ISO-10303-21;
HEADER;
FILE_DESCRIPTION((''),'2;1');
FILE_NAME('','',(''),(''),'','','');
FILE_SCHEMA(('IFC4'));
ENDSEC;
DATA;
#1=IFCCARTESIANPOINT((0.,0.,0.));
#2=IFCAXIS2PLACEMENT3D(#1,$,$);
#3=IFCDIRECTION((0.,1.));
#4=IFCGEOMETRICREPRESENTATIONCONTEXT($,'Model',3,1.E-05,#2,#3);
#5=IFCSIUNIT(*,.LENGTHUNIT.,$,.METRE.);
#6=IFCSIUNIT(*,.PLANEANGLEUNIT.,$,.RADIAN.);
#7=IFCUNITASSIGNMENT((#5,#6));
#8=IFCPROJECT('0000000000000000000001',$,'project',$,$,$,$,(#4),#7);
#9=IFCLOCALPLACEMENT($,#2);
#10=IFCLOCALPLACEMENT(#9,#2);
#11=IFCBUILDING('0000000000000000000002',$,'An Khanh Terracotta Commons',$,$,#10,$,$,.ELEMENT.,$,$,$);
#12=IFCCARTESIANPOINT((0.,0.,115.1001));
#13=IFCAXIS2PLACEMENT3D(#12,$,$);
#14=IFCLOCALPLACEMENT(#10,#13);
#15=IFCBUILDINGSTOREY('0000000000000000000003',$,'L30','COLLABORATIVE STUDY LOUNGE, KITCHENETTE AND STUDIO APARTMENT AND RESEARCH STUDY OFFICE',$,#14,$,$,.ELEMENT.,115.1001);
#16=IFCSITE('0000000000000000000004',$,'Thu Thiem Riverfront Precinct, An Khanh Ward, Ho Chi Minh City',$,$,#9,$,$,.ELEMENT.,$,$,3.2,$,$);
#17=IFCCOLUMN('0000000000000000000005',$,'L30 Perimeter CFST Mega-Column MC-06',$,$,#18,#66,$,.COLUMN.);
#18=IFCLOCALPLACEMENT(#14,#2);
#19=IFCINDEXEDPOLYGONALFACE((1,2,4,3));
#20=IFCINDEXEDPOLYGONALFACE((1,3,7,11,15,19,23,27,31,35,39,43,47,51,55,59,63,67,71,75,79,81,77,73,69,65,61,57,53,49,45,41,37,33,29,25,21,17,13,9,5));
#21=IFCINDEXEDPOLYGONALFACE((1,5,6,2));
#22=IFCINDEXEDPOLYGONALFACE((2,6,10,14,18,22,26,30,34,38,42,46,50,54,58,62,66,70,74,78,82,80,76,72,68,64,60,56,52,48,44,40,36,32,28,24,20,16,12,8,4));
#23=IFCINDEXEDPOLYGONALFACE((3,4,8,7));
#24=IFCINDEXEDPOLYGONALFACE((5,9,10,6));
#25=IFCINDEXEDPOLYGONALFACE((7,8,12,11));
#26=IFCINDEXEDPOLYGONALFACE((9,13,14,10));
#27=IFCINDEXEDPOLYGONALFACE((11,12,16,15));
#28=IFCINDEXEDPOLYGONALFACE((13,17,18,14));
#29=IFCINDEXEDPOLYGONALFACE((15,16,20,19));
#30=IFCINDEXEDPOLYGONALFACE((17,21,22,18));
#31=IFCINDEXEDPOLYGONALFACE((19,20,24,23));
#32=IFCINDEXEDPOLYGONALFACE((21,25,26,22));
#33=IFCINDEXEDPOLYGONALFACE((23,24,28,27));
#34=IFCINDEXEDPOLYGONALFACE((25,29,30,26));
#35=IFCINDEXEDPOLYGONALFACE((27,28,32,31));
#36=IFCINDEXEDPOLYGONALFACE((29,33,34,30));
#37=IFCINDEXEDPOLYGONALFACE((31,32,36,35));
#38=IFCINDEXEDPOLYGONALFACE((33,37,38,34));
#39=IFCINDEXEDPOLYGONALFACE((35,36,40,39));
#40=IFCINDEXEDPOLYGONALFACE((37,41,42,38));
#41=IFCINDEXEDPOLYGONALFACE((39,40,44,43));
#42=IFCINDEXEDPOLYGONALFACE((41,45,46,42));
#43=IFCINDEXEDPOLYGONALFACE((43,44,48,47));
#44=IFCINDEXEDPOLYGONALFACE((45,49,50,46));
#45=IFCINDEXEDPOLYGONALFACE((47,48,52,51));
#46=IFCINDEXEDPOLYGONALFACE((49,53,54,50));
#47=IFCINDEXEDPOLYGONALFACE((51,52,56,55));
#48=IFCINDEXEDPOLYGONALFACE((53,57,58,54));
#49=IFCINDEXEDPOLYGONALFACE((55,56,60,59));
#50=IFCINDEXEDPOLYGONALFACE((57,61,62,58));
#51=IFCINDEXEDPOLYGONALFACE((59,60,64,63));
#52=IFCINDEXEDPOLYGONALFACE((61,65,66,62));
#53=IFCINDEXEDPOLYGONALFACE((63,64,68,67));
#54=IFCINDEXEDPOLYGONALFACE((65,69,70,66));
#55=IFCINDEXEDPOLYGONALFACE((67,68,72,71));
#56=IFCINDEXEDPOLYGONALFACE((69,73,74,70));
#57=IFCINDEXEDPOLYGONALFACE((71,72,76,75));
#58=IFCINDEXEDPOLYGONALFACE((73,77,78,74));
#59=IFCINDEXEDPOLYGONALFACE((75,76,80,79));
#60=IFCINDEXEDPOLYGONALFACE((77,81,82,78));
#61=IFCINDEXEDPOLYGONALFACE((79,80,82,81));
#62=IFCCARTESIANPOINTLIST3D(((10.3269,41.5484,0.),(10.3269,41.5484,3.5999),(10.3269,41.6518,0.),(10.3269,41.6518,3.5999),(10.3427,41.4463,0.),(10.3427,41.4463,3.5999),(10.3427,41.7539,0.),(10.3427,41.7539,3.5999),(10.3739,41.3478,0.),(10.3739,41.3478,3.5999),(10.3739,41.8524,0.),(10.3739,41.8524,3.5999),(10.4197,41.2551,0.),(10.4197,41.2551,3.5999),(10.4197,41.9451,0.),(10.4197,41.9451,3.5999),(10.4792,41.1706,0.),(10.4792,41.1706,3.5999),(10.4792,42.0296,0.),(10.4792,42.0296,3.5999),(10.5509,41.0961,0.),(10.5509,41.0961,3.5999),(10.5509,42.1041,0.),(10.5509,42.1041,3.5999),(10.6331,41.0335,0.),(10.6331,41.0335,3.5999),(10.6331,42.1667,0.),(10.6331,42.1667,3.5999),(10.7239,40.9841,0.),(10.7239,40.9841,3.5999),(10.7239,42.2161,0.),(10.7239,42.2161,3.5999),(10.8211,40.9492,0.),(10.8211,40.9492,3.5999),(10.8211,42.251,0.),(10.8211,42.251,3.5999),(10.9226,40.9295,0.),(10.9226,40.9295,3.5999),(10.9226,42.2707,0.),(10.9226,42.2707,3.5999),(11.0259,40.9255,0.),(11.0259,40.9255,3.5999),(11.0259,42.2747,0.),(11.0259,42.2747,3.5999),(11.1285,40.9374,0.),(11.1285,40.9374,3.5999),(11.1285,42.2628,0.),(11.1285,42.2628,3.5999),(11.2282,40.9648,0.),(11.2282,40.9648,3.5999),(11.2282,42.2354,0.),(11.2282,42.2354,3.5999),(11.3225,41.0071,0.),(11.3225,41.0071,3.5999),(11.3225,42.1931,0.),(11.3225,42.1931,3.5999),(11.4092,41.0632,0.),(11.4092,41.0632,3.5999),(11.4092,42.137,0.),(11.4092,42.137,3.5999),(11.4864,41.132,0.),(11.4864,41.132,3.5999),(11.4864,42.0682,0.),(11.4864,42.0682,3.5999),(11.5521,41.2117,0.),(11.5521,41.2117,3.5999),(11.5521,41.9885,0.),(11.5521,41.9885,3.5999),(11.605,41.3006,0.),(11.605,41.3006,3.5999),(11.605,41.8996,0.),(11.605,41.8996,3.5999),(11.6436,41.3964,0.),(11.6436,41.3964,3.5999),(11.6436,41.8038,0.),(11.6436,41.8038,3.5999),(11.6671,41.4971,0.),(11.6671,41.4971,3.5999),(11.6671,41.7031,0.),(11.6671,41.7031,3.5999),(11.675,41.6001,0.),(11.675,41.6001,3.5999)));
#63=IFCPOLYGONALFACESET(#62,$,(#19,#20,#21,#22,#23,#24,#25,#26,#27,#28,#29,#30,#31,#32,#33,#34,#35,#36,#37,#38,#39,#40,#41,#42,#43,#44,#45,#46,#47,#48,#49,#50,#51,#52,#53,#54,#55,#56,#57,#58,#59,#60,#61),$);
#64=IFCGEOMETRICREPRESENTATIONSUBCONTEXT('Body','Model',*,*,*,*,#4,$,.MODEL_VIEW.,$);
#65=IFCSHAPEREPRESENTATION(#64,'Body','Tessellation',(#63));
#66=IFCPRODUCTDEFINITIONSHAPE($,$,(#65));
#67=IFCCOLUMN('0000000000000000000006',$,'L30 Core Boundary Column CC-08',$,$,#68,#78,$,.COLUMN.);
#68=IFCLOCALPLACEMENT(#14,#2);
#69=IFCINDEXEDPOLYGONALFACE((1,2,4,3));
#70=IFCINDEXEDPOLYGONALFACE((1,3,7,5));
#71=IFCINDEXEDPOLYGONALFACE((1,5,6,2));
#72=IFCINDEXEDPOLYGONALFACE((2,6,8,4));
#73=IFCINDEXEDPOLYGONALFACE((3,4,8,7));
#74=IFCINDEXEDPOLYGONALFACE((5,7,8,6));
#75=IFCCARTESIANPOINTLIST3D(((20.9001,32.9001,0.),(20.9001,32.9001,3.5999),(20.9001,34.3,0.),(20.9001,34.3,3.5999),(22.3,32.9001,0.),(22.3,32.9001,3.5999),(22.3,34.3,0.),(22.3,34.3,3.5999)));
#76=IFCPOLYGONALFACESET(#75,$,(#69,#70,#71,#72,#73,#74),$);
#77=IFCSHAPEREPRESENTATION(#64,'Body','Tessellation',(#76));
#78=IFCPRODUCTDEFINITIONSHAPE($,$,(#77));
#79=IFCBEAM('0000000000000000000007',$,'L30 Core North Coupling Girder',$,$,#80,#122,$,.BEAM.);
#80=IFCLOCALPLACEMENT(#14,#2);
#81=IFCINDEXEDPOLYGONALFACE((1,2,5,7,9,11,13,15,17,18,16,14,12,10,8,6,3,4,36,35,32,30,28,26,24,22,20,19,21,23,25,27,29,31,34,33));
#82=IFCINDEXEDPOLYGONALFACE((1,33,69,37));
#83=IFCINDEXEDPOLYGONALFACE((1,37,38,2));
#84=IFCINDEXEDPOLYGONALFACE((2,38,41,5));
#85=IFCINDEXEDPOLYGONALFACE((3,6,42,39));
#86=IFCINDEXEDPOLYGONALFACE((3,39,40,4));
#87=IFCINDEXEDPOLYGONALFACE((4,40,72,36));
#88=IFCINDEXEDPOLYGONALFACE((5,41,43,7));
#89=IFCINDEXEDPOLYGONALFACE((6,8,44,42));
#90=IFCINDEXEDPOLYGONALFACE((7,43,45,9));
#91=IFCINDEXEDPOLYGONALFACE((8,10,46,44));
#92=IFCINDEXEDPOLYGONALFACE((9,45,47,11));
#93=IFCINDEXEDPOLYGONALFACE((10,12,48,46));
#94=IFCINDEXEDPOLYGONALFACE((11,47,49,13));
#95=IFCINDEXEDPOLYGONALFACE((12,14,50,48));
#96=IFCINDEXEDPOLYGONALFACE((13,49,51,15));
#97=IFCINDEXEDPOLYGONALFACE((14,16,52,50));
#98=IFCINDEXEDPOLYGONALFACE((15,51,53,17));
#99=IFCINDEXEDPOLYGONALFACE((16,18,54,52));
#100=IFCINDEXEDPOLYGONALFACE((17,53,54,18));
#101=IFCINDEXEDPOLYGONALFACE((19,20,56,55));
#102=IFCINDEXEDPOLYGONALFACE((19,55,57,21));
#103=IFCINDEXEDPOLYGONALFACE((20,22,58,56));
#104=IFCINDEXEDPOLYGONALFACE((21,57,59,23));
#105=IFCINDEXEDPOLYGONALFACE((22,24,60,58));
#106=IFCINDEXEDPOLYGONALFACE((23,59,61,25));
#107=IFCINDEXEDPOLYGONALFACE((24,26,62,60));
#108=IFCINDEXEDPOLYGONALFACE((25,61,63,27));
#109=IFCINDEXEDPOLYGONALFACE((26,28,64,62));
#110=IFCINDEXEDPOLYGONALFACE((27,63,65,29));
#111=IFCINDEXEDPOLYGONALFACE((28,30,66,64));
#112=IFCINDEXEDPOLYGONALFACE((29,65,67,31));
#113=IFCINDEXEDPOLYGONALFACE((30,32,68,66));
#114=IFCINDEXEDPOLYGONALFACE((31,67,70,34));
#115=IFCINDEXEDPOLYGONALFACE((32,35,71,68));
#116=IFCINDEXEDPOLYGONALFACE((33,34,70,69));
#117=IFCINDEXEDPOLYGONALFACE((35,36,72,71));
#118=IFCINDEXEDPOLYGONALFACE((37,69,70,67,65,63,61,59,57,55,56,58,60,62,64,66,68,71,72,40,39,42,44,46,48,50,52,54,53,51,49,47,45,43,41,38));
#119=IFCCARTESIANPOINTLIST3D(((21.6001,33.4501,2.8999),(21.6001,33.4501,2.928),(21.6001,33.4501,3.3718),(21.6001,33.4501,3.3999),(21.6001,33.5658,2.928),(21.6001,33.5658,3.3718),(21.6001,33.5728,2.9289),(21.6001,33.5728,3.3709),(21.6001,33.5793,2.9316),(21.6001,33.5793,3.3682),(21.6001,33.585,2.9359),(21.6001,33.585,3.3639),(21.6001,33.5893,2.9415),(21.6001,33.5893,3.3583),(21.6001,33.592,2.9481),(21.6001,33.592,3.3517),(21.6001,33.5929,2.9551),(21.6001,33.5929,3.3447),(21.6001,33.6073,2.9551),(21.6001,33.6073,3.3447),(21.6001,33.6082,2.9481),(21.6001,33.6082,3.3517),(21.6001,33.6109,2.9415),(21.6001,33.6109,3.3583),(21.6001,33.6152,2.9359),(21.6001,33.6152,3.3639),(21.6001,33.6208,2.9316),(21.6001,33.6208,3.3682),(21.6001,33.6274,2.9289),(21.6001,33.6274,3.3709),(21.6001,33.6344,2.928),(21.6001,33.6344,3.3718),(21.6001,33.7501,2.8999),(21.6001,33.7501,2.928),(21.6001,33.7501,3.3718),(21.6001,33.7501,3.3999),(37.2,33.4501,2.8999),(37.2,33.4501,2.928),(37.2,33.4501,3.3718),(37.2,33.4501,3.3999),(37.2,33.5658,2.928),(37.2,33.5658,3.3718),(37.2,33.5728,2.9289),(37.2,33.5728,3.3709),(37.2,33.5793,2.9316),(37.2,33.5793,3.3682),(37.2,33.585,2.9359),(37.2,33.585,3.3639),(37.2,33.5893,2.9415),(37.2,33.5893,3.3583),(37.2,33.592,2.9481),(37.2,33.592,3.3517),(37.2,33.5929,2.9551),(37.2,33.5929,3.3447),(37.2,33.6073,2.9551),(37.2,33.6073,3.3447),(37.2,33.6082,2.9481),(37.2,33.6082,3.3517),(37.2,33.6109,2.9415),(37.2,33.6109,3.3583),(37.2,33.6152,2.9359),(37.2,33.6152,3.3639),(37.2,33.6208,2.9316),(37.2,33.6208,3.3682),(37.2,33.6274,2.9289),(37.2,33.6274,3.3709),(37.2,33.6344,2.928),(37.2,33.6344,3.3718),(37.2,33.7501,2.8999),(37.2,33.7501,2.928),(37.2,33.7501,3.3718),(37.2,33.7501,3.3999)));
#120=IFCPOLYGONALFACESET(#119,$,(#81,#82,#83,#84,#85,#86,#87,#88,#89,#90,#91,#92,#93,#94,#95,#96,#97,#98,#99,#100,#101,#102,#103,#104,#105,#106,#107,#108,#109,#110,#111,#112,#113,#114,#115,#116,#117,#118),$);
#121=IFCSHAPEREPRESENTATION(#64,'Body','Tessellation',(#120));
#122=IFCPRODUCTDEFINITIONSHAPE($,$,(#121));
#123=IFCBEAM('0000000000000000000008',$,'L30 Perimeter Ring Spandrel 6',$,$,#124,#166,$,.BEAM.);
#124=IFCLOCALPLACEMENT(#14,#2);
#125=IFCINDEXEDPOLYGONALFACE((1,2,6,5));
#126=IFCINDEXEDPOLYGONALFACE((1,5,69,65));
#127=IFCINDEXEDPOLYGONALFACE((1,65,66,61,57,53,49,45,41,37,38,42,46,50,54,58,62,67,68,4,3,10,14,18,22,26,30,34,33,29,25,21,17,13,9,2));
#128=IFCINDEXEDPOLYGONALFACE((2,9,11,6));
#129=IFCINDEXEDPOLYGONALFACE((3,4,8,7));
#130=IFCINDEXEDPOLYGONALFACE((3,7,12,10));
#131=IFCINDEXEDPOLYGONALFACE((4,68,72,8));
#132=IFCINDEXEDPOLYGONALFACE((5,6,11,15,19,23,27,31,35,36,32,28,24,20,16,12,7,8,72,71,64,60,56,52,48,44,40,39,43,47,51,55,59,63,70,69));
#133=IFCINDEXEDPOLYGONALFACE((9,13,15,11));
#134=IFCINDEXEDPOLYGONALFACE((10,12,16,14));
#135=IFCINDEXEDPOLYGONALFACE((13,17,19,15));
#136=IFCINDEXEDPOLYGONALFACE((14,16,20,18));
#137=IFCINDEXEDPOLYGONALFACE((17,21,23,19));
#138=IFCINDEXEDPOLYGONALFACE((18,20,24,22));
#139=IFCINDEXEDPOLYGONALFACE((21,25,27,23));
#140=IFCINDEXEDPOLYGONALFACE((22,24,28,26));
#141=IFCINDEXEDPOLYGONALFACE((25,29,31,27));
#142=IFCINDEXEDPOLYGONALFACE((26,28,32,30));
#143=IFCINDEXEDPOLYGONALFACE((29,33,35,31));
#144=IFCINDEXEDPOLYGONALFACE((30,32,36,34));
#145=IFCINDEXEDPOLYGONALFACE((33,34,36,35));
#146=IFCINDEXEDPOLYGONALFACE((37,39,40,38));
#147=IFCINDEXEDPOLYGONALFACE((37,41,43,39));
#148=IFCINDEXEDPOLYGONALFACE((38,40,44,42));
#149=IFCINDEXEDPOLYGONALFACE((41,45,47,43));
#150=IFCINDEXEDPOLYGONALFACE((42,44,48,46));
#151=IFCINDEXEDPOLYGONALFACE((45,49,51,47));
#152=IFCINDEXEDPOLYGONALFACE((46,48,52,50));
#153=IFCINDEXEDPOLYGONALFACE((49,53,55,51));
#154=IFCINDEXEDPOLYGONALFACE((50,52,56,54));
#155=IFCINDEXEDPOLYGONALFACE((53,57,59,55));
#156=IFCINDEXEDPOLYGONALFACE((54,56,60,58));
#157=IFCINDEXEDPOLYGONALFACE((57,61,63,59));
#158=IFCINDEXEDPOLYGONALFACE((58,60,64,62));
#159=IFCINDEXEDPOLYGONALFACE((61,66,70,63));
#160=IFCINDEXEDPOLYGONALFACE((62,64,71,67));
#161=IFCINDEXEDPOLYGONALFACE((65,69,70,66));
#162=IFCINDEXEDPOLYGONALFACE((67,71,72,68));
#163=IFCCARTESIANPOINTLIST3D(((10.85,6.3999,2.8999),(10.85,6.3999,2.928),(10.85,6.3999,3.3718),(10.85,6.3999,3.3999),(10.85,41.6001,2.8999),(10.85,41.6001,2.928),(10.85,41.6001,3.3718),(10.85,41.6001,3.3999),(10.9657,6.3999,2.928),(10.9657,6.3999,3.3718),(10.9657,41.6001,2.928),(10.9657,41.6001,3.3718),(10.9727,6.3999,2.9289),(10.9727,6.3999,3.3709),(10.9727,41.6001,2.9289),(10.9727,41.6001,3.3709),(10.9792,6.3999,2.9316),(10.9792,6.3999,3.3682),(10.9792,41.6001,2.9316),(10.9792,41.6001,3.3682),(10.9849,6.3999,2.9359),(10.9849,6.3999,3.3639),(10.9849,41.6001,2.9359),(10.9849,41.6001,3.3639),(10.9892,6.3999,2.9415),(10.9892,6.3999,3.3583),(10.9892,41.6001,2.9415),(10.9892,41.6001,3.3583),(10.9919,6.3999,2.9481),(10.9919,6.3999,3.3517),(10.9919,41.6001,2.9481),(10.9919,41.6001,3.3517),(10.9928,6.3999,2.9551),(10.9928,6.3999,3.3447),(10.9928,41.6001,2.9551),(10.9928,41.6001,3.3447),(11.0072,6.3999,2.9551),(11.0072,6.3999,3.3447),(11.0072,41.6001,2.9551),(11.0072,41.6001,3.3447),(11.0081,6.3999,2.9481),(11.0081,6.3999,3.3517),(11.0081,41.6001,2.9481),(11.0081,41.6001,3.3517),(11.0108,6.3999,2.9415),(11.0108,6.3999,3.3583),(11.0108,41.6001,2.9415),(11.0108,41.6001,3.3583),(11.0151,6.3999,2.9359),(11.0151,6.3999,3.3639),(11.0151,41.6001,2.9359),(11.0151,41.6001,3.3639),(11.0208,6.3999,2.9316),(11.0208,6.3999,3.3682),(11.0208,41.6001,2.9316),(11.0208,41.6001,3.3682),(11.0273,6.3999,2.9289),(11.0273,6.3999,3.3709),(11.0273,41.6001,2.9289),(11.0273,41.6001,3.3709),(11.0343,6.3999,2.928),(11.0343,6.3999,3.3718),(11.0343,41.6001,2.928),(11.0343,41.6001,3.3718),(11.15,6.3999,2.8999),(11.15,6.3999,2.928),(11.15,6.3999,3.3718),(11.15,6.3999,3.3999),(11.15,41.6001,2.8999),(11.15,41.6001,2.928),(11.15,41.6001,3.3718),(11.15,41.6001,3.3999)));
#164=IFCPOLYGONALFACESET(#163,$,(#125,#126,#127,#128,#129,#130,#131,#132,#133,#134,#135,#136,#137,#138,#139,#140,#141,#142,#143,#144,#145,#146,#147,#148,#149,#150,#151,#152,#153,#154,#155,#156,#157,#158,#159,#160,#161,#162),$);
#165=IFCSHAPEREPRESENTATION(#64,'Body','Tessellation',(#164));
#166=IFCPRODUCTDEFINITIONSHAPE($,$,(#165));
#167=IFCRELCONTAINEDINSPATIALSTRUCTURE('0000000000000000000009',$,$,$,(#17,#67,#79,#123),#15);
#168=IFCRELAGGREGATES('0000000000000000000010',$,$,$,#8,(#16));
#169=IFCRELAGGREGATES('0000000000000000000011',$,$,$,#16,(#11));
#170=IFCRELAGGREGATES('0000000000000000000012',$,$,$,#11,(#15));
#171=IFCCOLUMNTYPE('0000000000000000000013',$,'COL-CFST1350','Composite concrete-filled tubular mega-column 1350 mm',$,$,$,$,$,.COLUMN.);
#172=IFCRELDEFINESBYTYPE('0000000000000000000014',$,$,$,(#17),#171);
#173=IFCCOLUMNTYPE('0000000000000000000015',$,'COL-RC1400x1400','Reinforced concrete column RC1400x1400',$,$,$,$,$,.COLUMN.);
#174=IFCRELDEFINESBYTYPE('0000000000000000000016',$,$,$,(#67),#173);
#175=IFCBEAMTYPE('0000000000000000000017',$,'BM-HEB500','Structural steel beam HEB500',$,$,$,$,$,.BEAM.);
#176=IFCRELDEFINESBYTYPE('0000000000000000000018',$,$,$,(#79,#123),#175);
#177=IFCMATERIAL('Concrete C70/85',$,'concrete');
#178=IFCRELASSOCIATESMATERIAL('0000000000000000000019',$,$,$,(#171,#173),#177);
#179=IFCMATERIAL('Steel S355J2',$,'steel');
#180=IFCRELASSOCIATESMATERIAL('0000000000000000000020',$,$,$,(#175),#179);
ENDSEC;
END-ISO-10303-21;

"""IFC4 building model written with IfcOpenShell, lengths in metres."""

from ifc_helpers import new_model, si_unit, direction, frame, origin, origin_2d, place, context, subcontext, project, spatial, rectangle, circle, i_section, extrude, material, material_profile, profile_set, type_object, element, save


model = new_model("IFC4")

# Units and contexts
model_context = context("Model", 3, precision=1e-05, world=origin(), true_north=direction((0.0, 1.0)))
body_context = subcontext(model_context, "Body", "Model", "MODEL_VIEW")
ifc_project = project(units=[si_unit("LENGTHUNIT", "METRE"), si_unit("PLANEANGLEUNIT", "RADIAN")], contexts=[model_context])

# Site, building, storey
site_placement = place(None, origin())
site = spatial("IfcSite", under=ifc_project, at=site_placement, Name="Thu Thiem Riverfront Precinct, An Khanh Ward, Ho Chi Minh City", CompositionType="ELEMENT", RefElevation=3.2)
building_placement = place(site_placement, origin())
building = spatial("IfcBuilding", under=site, at=building_placement, Name="An Khanh Terracotta Commons", CompositionType="ELEMENT")
storey_placement = place(building_placement, frame((0.0, 0.0, 115.1001)))
storey = spatial("IfcBuildingStorey", under=building, at=storey_placement, Name="L30", Description="COLLABORATIVE STUDY LOUNGE, KITCHENETTE AND STUDIO APARTMENT AND RESEARCH STUDY OFFICE", CompositionType="ELEMENT", Elevation=115.1001)

# Columns
ifc_material_1 = material(Name="Concrete C70/85", Category="concrete")
ifc_material_profile_1 = material_profile(ifc_material_1, circle(Radius=0.675, at=origin_2d()), Name="CFST1350")
ifc_profile_set_1 = profile_set([ifc_material_profile_1], Name="Concrete C70/85")
column_type_1 = type_object("IfcColumnType", Name="COL-CFST1350", Description="Composite concrete-filled tubular mega-column 1350 mm", PredefinedType="COLUMN", material=ifc_profile_set_1)
column_1_placement = place(storey_placement, frame((11.0, 41.6001, 0.0), z_axis=(0.0, 0.0, 1.0), x_axis=(1.0, 0.0, 0.0)))
element("IfcColumn", 1, at=column_1_placement, inside=storey, type_object=column_type_1, Name="L30 Perimeter CFST Mega-Column MC-06", PredefinedType="COLUMN", context=body_context, shape_type="SweptSolid", body=[
    extrude(circle(Radius=0.675, at=origin_2d()), origin(), (0.0, 0.0, 1.0), 3.5999),
])
ifc_material_profile_2 = material_profile(ifc_material_1, rectangle(XDim=1.3999, YDim=1.3999, at=origin_2d()), Name="RC1400x1400")
ifc_profile_set_2 = profile_set([ifc_material_profile_2], Name="Concrete C70/85")
column_type_2 = type_object("IfcColumnType", Name="COL-RC1400x1400", Description="Reinforced concrete column RC1400x1400", PredefinedType="COLUMN", material=ifc_profile_set_2)
column_2_placement = place(storey_placement, frame((21.6001, 33.6001, 0.0), z_axis=(0.0, 0.0, 1.0), x_axis=(1.0, 0.0, 0.0)))
element("IfcColumn", 2, at=column_2_placement, inside=storey, type_object=column_type_2, Name="L30 Core Boundary Column CC-08", PredefinedType="COLUMN", context=body_context, shape_type="SweptSolid", body=[
    extrude(rectangle(XDim=1.3999, YDim=1.3999, at=origin_2d()), origin(), (0.0, 0.0, 1.0), 3.5999),
])

# Beams
ifc_material_2 = material(Name="Steel S355J2", Category="steel")
ifc_material_profile_3 = material_profile(ifc_material_2, i_section(OverallWidth=0.3, OverallDepth=0.5, WebThickness=0.0144, FlangeThickness=0.0281, FilletRadius=0.0271, at=origin_2d()), Name="HEB500")
ifc_profile_set_3 = profile_set([ifc_material_profile_3], Name="Steel S355J2")
beam_type = type_object("IfcBeamType", Name="BM-HEB500", Description="Structural steel beam HEB500", PredefinedType="BEAM", material=ifc_profile_set_3)
beam_1_placement = place(storey_placement, frame((21.6001, 33.6001, 3.1499), z_axis=(1.0, 0.0, 0.0), x_axis=(0.0, 1.0, 0.0)))
element("IfcBeam", 3, at=beam_1_placement, inside=storey, type_object=beam_type, Name="L30 Core North Coupling Girder", PredefinedType="BEAM", context=body_context, shape_type="SweptSolid", body=[
    extrude(i_section(OverallWidth=0.3, OverallDepth=0.5, WebThickness=0.0144, FlangeThickness=0.0281, FilletRadius=0.0271, at=origin_2d()), origin(), (0.0, 0.0, 1.0), 15.5999),
])
beam_2_placement = place(storey_placement, frame((11.0, 41.6001, 3.1499), z_axis=(0.0, -1.0, 0.0), x_axis=(1.0, 0.0, 0.0)))
element("IfcBeam", 4, at=beam_2_placement, inside=storey, type_object=beam_type, Name="L30 Perimeter Ring Spandrel 6", PredefinedType="BEAM", context=body_context, shape_type="SweptSolid", body=[
    extrude(i_section(OverallWidth=0.3, OverallDepth=0.5, WebThickness=0.0144, FlangeThickness=0.0281, FilletRadius=0.0271, at=origin_2d()), origin(), (0.0, 0.0, 1.0), 35.2002),
])

save(model, "model.ifc")
